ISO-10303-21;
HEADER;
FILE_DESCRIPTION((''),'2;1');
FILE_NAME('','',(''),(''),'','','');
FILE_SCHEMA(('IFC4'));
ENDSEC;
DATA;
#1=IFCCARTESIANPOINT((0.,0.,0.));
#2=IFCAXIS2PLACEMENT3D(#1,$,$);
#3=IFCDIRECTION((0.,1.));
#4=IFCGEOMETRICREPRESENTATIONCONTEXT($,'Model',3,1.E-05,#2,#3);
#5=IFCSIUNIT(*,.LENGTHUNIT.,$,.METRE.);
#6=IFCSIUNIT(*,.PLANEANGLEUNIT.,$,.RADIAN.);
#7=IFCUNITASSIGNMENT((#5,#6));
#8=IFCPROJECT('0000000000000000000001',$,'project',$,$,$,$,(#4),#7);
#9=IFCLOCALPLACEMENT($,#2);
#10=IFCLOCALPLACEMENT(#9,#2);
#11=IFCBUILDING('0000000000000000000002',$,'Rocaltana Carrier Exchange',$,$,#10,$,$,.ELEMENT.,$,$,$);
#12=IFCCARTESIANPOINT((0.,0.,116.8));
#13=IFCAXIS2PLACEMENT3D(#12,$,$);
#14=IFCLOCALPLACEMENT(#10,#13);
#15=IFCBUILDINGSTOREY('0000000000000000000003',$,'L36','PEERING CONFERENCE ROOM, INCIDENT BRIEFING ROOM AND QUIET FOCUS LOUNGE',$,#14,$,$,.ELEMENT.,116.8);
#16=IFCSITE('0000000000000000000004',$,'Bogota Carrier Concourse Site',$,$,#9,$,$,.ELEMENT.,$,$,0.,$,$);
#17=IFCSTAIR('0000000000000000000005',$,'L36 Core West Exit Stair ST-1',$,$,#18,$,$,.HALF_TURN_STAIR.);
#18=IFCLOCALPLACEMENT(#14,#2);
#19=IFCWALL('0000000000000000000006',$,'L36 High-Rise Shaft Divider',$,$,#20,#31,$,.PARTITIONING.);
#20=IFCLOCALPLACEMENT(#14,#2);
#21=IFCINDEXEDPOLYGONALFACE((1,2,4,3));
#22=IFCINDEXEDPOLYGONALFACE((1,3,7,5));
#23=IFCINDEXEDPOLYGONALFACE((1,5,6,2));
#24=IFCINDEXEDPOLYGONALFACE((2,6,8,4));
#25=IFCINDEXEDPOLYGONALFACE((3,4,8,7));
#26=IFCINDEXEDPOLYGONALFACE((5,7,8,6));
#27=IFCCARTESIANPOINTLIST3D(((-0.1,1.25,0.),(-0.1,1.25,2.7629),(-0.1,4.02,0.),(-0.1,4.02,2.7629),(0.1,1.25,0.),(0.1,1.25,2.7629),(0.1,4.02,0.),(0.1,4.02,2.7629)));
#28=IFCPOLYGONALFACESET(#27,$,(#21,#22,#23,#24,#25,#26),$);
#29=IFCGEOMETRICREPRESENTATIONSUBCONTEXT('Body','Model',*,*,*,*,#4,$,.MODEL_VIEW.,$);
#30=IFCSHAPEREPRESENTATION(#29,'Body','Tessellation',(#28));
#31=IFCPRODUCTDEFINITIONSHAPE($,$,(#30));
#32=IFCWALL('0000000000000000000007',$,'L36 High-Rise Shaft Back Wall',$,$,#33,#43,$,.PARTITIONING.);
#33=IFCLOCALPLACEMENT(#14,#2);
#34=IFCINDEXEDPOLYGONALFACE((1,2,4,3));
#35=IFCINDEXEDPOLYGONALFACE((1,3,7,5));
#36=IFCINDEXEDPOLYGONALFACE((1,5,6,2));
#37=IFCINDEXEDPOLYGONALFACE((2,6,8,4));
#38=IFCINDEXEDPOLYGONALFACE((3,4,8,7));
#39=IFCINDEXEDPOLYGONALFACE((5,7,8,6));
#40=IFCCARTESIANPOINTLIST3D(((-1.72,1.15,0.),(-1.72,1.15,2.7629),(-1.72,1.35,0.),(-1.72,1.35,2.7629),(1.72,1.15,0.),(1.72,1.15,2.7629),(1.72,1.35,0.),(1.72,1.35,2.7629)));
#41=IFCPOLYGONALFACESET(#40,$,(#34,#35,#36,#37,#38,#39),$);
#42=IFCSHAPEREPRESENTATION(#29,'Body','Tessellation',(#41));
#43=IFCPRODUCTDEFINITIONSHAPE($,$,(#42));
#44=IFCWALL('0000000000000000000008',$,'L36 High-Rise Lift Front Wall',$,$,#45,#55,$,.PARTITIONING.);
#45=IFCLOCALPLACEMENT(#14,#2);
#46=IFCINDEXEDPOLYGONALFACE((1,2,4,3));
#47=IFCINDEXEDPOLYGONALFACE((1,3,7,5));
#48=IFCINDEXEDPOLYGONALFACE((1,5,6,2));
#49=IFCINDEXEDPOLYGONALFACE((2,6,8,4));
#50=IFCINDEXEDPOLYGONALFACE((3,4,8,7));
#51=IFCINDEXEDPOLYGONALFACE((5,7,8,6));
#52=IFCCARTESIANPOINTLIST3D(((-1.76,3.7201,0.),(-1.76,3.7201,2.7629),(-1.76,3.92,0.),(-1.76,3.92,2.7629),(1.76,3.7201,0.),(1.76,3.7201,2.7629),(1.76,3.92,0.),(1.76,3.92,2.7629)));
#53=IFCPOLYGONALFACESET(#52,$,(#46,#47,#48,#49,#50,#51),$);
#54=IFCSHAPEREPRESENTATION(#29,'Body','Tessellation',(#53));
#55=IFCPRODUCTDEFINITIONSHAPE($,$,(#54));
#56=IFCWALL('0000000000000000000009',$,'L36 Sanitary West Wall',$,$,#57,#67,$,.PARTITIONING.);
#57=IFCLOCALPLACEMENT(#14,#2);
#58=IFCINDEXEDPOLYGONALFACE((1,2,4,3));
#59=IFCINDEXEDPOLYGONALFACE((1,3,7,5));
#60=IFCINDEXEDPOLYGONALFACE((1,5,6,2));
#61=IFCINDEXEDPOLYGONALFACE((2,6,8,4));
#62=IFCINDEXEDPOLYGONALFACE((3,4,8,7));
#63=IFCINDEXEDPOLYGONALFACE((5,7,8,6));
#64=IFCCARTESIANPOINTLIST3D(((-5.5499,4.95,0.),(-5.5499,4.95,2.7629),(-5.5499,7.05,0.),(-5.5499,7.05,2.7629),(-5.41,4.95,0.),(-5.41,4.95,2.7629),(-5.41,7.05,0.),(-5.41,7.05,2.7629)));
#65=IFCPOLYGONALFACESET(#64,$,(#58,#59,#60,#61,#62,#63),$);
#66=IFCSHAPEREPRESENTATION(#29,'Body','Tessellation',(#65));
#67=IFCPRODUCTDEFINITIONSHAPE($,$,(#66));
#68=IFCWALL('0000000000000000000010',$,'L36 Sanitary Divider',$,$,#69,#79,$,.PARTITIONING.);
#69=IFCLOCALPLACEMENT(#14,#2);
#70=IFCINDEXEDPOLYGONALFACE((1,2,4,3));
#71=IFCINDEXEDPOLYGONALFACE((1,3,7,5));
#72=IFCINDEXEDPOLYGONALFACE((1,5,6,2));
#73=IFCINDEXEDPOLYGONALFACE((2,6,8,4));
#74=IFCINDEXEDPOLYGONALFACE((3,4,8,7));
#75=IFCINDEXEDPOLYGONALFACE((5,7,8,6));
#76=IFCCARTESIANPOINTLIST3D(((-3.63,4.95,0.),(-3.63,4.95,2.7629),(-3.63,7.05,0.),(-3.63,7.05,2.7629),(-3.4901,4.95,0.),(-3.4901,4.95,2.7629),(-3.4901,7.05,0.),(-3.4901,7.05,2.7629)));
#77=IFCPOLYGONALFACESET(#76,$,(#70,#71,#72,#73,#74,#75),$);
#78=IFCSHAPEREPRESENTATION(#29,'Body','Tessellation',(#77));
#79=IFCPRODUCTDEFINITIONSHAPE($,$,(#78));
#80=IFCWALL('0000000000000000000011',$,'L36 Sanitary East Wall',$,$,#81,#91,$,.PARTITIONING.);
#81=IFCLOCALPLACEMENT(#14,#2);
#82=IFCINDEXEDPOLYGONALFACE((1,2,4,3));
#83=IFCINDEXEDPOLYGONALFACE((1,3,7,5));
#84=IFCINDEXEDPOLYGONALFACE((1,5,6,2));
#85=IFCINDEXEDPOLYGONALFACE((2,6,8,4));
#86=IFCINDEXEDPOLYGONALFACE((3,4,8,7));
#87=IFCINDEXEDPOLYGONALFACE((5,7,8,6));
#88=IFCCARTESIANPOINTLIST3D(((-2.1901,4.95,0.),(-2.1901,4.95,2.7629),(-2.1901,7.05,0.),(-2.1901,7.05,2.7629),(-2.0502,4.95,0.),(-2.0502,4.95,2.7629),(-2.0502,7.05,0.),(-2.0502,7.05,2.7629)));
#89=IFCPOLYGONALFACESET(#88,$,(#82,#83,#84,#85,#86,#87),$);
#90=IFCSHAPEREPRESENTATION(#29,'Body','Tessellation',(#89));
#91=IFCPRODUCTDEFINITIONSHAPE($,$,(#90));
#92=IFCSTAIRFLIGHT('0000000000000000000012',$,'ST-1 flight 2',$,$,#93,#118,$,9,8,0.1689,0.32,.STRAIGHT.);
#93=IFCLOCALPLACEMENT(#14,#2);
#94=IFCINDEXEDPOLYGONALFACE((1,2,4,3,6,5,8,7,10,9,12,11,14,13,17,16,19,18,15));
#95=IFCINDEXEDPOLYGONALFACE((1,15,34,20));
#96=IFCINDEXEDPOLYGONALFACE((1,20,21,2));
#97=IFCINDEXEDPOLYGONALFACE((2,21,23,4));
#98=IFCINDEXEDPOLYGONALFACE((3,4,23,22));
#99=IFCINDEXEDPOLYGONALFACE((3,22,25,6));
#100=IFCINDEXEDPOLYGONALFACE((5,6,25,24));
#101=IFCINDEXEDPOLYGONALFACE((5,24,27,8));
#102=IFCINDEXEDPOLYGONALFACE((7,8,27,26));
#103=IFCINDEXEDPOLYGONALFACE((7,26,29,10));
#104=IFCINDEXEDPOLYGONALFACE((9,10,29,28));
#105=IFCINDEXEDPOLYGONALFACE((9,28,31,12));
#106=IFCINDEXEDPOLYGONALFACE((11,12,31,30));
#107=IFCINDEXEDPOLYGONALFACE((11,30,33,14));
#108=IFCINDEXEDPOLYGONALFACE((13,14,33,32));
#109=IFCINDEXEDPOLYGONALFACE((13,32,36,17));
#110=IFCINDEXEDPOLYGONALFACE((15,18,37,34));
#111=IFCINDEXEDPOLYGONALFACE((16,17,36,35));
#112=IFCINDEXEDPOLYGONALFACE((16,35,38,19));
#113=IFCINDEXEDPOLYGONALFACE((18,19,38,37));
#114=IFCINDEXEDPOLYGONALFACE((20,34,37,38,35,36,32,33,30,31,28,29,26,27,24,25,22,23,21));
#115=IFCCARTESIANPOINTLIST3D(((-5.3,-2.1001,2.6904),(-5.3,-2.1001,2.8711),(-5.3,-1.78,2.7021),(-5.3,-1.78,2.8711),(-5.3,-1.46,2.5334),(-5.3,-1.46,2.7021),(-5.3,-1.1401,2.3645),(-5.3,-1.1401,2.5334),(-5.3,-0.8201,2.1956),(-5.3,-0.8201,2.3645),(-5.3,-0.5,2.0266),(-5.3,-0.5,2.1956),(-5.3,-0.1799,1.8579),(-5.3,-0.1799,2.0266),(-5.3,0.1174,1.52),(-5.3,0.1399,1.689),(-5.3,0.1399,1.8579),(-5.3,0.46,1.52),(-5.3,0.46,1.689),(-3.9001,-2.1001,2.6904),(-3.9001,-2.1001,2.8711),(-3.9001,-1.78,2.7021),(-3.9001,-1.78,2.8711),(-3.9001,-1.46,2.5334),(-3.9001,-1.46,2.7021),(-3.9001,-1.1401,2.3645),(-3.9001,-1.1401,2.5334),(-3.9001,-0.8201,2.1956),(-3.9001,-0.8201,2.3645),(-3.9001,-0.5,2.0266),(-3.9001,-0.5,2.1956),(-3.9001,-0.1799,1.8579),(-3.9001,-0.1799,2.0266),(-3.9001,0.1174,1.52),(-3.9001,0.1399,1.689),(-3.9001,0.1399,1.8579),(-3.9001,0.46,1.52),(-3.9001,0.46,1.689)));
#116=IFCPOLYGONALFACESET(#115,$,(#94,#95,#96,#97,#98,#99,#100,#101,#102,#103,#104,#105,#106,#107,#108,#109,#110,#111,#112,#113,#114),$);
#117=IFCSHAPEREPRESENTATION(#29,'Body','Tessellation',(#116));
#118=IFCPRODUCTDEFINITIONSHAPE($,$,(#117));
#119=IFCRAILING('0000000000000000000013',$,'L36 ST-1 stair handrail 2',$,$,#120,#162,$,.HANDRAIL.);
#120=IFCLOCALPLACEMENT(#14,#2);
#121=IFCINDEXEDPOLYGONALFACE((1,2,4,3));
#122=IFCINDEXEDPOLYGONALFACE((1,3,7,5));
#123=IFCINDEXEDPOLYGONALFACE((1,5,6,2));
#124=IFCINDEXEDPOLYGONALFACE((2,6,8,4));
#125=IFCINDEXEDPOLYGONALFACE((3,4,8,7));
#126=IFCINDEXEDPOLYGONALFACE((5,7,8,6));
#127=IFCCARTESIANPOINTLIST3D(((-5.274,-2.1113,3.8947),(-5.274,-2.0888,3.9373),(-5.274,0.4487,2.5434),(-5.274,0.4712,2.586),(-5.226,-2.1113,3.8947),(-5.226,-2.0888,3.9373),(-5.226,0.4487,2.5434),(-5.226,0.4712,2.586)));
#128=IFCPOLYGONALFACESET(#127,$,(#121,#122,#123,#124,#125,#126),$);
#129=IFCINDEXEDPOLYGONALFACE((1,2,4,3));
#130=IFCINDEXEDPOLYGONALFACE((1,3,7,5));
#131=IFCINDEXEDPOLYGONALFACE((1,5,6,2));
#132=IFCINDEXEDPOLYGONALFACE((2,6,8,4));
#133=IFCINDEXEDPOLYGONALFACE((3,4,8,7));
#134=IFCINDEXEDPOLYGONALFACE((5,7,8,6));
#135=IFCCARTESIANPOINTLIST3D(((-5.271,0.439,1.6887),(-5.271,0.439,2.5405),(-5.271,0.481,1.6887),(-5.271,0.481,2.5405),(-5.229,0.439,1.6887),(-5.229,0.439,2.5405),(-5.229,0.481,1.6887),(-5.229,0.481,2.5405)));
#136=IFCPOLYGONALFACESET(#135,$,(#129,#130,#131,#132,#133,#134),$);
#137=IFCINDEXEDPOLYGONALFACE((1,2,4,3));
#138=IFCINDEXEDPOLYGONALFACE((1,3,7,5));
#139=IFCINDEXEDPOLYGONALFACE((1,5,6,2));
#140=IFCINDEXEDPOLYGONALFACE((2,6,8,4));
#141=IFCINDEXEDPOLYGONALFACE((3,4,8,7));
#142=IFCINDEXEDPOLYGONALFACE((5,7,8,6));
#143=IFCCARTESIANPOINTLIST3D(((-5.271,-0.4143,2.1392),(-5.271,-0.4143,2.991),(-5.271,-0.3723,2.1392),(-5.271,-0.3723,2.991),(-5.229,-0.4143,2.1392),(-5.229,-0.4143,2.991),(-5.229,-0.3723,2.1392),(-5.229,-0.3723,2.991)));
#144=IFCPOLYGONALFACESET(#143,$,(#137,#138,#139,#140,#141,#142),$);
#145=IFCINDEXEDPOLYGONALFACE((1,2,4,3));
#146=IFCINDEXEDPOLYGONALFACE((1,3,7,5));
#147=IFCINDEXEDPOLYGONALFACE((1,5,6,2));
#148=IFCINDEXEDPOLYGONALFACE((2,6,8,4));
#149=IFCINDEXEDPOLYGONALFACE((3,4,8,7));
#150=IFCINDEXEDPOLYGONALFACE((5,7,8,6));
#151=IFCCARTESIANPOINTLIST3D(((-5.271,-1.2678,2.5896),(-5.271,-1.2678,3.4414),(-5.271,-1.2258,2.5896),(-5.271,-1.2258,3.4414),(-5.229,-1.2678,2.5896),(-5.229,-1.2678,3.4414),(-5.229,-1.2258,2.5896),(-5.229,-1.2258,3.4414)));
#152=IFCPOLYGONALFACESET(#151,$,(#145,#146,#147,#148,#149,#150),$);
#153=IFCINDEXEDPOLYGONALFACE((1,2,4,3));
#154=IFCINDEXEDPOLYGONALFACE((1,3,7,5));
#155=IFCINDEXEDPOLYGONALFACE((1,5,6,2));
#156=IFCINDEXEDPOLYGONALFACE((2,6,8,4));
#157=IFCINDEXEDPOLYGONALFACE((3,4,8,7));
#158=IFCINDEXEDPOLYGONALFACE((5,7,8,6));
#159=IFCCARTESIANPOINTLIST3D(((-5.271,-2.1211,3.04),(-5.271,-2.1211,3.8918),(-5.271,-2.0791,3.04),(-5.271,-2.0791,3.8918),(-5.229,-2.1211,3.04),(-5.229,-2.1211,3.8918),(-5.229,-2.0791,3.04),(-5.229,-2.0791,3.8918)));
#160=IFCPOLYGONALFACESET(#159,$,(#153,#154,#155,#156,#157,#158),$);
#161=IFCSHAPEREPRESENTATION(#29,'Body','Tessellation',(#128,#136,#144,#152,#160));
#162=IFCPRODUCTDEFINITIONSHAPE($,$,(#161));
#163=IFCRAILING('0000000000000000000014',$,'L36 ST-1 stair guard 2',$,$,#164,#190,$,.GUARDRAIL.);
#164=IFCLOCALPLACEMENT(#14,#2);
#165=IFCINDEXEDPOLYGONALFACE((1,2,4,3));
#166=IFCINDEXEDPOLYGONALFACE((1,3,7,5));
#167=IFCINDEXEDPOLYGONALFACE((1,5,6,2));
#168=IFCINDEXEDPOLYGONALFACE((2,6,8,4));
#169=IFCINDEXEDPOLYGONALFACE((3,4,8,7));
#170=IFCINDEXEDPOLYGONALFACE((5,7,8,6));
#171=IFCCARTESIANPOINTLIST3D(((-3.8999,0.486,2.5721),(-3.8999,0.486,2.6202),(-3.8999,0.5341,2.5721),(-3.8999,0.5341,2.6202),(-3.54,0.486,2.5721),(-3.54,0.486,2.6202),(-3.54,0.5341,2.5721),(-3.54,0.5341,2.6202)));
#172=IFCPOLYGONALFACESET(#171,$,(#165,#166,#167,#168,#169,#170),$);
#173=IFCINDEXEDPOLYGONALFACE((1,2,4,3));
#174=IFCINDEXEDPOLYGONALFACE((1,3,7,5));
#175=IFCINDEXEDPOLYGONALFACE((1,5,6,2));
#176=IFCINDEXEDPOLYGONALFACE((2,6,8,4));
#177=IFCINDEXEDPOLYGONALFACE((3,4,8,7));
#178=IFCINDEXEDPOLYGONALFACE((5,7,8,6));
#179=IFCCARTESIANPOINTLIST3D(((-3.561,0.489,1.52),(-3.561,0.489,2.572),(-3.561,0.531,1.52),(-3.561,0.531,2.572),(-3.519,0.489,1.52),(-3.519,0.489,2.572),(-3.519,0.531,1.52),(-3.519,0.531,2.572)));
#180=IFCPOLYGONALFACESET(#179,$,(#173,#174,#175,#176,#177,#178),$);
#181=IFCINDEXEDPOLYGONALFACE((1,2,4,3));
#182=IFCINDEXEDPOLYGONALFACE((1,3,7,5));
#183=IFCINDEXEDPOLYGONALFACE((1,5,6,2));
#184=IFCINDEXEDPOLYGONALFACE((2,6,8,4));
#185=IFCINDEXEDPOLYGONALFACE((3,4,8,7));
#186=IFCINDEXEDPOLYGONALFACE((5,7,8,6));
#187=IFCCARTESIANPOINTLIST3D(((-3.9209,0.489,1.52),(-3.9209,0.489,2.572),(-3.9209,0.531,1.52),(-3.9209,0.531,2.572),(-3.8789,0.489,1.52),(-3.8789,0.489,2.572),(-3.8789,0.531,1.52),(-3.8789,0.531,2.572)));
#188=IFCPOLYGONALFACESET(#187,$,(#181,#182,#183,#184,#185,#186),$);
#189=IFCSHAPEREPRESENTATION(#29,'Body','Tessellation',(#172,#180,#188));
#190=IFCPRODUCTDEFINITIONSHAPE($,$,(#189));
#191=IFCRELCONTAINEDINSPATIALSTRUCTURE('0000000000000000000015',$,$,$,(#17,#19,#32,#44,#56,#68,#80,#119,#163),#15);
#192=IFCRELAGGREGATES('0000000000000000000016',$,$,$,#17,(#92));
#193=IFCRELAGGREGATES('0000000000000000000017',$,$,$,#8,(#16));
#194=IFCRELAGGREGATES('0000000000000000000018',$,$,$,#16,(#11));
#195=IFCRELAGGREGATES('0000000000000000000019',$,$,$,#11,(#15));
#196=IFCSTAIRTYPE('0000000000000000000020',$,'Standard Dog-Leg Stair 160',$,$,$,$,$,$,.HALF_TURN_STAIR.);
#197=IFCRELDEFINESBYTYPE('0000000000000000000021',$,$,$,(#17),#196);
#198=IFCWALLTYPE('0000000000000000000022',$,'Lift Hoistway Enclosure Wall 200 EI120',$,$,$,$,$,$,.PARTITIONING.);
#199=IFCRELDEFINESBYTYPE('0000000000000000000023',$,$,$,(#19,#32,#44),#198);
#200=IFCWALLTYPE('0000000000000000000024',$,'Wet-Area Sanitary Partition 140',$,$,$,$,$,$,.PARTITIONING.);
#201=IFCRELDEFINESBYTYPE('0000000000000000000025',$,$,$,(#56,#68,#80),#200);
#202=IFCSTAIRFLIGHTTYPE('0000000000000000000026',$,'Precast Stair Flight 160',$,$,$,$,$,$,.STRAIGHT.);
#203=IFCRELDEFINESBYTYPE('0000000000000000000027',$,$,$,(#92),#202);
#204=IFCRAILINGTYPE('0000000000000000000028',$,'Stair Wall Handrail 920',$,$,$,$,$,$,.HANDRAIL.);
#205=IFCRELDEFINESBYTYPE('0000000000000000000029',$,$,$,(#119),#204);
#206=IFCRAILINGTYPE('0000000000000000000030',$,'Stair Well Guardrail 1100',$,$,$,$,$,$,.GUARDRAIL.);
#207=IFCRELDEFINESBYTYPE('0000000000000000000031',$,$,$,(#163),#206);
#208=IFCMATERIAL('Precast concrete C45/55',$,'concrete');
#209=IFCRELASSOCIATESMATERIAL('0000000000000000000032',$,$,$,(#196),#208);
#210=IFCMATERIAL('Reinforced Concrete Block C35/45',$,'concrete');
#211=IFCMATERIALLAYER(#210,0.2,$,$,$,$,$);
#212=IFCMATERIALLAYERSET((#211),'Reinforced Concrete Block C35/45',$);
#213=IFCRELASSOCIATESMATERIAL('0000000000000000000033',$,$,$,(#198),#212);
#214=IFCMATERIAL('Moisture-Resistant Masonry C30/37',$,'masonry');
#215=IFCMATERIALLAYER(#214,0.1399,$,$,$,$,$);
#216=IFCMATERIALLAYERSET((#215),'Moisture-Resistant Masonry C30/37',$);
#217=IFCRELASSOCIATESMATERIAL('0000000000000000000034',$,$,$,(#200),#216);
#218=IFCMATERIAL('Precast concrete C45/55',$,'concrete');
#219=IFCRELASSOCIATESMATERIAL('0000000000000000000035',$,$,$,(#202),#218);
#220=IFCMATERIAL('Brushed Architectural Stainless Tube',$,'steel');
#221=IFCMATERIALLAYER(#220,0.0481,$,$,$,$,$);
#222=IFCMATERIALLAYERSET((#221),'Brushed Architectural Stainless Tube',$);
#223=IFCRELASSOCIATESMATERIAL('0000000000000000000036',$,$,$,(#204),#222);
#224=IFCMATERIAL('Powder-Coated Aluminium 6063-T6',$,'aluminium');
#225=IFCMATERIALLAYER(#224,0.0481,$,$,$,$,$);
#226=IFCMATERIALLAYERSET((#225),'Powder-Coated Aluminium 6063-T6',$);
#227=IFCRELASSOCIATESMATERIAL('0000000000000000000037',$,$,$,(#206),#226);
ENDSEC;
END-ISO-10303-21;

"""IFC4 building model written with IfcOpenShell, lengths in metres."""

from ifc_helpers import new_model, si_unit, direction, frame, frame_2d, origin, origin_2d, place, context, subcontext, project, spatial, polyline, rectangle, outline, extrude, material, layer, layer_set, type_object, element, aggregate, save


model = new_model("IFC4")

# Units and contexts
model_context = context("Model", 3, precision=1e-05, world=origin(), true_north=direction((0.0, 1.0)))
body_context = subcontext(model_context, "Body", "Model", "MODEL_VIEW")
ifc_project = project(units=[si_unit("LENGTHUNIT", "METRE"), si_unit("PLANEANGLEUNIT", "RADIAN")], contexts=[model_context])

# Site, building, storey
site_placement = place(None, origin())
site = spatial("IfcSite", under=ifc_project, at=site_placement, Name="Bogota Carrier Concourse Site", CompositionType="ELEMENT", RefElevation=0.0)
building_placement = place(site_placement, origin())
building = spatial("IfcBuilding", under=site, at=building_placement, Name="Rocaltana Carrier Exchange", CompositionType="ELEMENT")
storey_placement = place(building_placement, frame((0.0, 0.0, 116.8)))
storey = spatial("IfcBuildingStorey", under=building, at=storey_placement, Name="L36", Description="PEERING CONFERENCE ROOM, INCIDENT BRIEFING ROOM AND QUIET FOCUS LOUNGE", CompositionType="ELEMENT", Elevation=116.8)

# Stair
ifc_material_1 = material(Name="Precast concrete C45/55", Category="concrete")
stair_type = type_object("IfcStairType", Name="Standard Dog-Leg Stair 160", PredefinedType="HALF_TURN_STAIR", material=ifc_material_1)
stair_1_placement = place(storey_placement, origin())
stair_1 = element("IfcStair", 1, at=stair_1_placement, inside=storey, type_object=stair_type, Name="L36 Core West Exit Stair ST-1", PredefinedType="HALF_TURN_STAIR")

# Walls
ifc_material_2 = material(Name="Reinforced Concrete Block C35/45", Category="concrete")
ifc_layer_1 = layer(ifc_material_2, 0.2)
ifc_layer_set_1 = layer_set([ifc_layer_1], Name="Reinforced Concrete Block C35/45")
wall_type_1 = type_object("IfcWallType", Name="Lift Hoistway Enclosure Wall 200 EI120", PredefinedType="PARTITIONING", material=ifc_layer_set_1)
wall_1_placement = place(storey_placement, frame((0.0, 1.25, 0.0), z_axis=(0.0, 0.0, 1.0), x_axis=(0.0, 1.0, 0.0)))
element("IfcWall", 2, at=wall_1_placement, inside=storey, type_object=wall_type_1, Name="L36 High-Rise Shaft Divider", PredefinedType="PARTITIONING", context=body_context, shape_type="SweptSolid", body=[
    extrude(rectangle(XDim=2.77, YDim=0.2, at=frame_2d((1.385, 0.0))), origin(), (0.0, 0.0, 1.0), 2.7629),
])
wall_2_placement = place(storey_placement, frame((-1.72, 1.25, 0.0), z_axis=(0.0, 0.0, 1.0), x_axis=(1.0, 0.0, 0.0)))
element("IfcWall", 3, at=wall_2_placement, inside=storey, type_object=wall_type_1, Name="L36 High-Rise Shaft Back Wall", PredefinedType="PARTITIONING", context=body_context, shape_type="SweptSolid", body=[
    extrude(rectangle(XDim=3.4399, YDim=0.2, at=frame_2d((1.72, 0.0))), origin(), (0.0, 0.0, 1.0), 2.7629),
])
wall_3_placement = place(storey_placement, frame((-1.76, 3.8201, 0.0), z_axis=(0.0, 0.0, 1.0), x_axis=(1.0, 0.0, 0.0)))
element("IfcWall", 4, at=wall_3_placement, inside=storey, type_object=wall_type_1, Name="L36 High-Rise Lift Front Wall", PredefinedType="PARTITIONING", context=body_context, shape_type="SweptSolid", body=[
    extrude(rectangle(XDim=3.52, YDim=0.2, at=frame_2d((1.76, 0.0))), origin(), (0.0, 0.0, 1.0), 2.7629),
])
ifc_material_3 = material(Name="Moisture-Resistant Masonry C30/37", Category="masonry")
ifc_layer_2 = layer(ifc_material_3, 0.1399)
ifc_layer_set_2 = layer_set([ifc_layer_2], Name="Moisture-Resistant Masonry C30/37")
wall_type_2 = type_object("IfcWallType", Name="Wet-Area Sanitary Partition 140", PredefinedType="PARTITIONING", material=ifc_layer_set_2)
for number, where, z_axis, x_axis, name in (
    (5, (-5.48, 4.95, 0.0), (0.0, 0.0, 1.0), (0.0, 1.0, 0.0), "L36 Sanitary West Wall"),
    (6, (-3.5601, 4.95, 0.0), (0.0, 0.0, 1.0), (0.0, 1.0, 0.0), "L36 Sanitary Divider"),
    (7, (-2.1201, 4.95, 0.0), (0.0, 0.0, 1.0), (0.0, 1.0, 0.0), "L36 Sanitary East Wall"),
):
    element("IfcWall", number, at=place(storey_placement, frame(where, z_axis=z_axis, x_axis=x_axis)), inside=storey, type_object=wall_type_2, Name=name, PredefinedType="PARTITIONING", context=body_context, shape_type="SweptSolid", body=[
        extrude(rectangle(XDim=2.1001, YDim=0.1399, at=frame_2d((1.05, 0.0))), origin(), (0.0, 0.0, 1.0), 2.7629),
    ])

# Stair flight
ifc_material_4 = material(Name="Precast concrete C45/55", Category="concrete")
stair_flight_type = type_object("IfcStairFlightType", Name="Precast Stair Flight 160", PredefinedType="STRAIGHT", material=ifc_material_4)
stair_flight_placement = place(storey_placement, frame((-4.6001, 0.46, 1.52), z_axis=(0.0, 0.0, 1.0), x_axis=(0.0, -1.0, 0.0)))
stair_flight = element("IfcStairFlight", 8, at=stair_flight_placement, type_object=stair_flight_type, Name="ST-1 flight 2", NumberOfRisers=9, NumberOfTreads=8, PredefinedType="STRAIGHT", RiserHeight=0.1689, TreadLength=0.32, context=body_context, shape_type="SweptSolid", body=[
    extrude(outline(polyline([(0.0, 0.0), (0.0, 0.1689), (0.3201, 0.1689), (0.3201, 0.3379), (0.6399, 0.3379), (0.6399, 0.5066), (0.96, 0.5066), (0.96, 0.6755), (1.28, 0.6755), (1.28, 0.8445), (1.6001, 0.8445), (1.6001, 1.0134), (1.9199, 1.0134), (1.9199, 1.1821), (2.24, 1.1821), (2.24, 1.3511), (2.5601, 1.3511), (2.5601, 1.52), (2.5601, 1.1704), (0.3425, 0.0), (0.0, 0.0)])), frame((0.0, 0.7, 0.0), z_axis=(0.0, -1.0, 0.0), x_axis=(1.0, 0.0, 0.0)), (0.0, 0.0, 1.0), 1.3999),
])
aggregate(stair_1, [stair_flight])

# Railings
ifc_material_5 = material(Name="Brushed Architectural Stainless Tube", Category="steel")
ifc_layer_3 = layer(ifc_material_5, 0.0481)
ifc_layer_set_3 = layer_set([ifc_layer_3], Name="Brushed Architectural Stainless Tube")
railing_type_1 = type_object("IfcRailingType", Name="Stair Wall Handrail 920", PredefinedType="HANDRAIL", material=ifc_layer_set_3)
railing_1_placement = place(storey_placement, frame((-5.25, 0.46, 1.6887)))
element("IfcRailing", 9, at=railing_1_placement, inside=storey, type_object=railing_type_1, Name="L36 ST-1 stair handrail 2", PredefinedType="HANDRAIL", context=body_context, shape_type="SweptSolid", body=[
    extrude(rectangle(XDim=0.0481, YDim=0.0481, at=origin_2d()), frame((0.0, 0.0, 0.876), z_axis=(0.0, -0.88436, 0.466806), x_axis=(1.0, 0.0, 0.0)), (0.0, 0.0, 1.0), 2.8948),
    extrude(rectangle(XDim=0.042, YDim=0.042, at=origin_2d()), origin(), (0.0, 0.0, 1.0), 0.8518),
    extrude(rectangle(XDim=0.042, YDim=0.042, at=origin_2d()), frame((0.0, -0.8533, 0.4504)), (0.0, 0.0, 1.0), 0.8518),
    extrude(rectangle(XDim=0.042, YDim=0.042, at=origin_2d()), frame((0.0, -1.7068, 0.9009)), (0.0, 0.0, 1.0), 0.8518),
    extrude(rectangle(XDim=0.042, YDim=0.042, at=origin_2d()), frame((0.0, -2.5601, 1.3513)), (0.0, 0.0, 1.0), 0.8518),
])
ifc_material_6 = material(Name="Powder-Coated Aluminium 6063-T6", Category="aluminium")
ifc_layer_4 = layer(ifc_material_6, 0.0481)
ifc_layer_set_4 = layer_set([ifc_layer_4], Name="Powder-Coated Aluminium 6063-T6")
railing_type_2 = type_object("IfcRailingType", Name="Stair Well Guardrail 1100", PredefinedType="GUARDRAIL", material=ifc_layer_set_4)
railing_2_placement = place(storey_placement, frame((-3.54, 0.51, 1.52)))
element("IfcRailing", 10, at=railing_2_placement, inside=storey, type_object=railing_type_2, Name="L36 ST-1 stair guard 2", PredefinedType="GUARDRAIL", context=body_context, shape_type="SweptSolid", body=[
    extrude(rectangle(XDim=0.0481, YDim=0.0481, at=origin_2d()), frame((0.0, 0.0, 1.0762), z_axis=(-1.0, 0.0, 0.0), x_axis=(0.0, -1.0, 0.0)), (0.0, 0.0, 1.0), 0.3599),
    extrude(rectangle(XDim=0.042, YDim=0.042, at=origin_2d()), origin(), (0.0, 0.0, 1.0), 1.052),
    extrude(rectangle(XDim=0.042, YDim=0.042, at=origin_2d()), frame((-0.3599, 0.0, 0.0)), (0.0, 0.0, 1.0), 1.052),
])

save(model, "model.ifc")
